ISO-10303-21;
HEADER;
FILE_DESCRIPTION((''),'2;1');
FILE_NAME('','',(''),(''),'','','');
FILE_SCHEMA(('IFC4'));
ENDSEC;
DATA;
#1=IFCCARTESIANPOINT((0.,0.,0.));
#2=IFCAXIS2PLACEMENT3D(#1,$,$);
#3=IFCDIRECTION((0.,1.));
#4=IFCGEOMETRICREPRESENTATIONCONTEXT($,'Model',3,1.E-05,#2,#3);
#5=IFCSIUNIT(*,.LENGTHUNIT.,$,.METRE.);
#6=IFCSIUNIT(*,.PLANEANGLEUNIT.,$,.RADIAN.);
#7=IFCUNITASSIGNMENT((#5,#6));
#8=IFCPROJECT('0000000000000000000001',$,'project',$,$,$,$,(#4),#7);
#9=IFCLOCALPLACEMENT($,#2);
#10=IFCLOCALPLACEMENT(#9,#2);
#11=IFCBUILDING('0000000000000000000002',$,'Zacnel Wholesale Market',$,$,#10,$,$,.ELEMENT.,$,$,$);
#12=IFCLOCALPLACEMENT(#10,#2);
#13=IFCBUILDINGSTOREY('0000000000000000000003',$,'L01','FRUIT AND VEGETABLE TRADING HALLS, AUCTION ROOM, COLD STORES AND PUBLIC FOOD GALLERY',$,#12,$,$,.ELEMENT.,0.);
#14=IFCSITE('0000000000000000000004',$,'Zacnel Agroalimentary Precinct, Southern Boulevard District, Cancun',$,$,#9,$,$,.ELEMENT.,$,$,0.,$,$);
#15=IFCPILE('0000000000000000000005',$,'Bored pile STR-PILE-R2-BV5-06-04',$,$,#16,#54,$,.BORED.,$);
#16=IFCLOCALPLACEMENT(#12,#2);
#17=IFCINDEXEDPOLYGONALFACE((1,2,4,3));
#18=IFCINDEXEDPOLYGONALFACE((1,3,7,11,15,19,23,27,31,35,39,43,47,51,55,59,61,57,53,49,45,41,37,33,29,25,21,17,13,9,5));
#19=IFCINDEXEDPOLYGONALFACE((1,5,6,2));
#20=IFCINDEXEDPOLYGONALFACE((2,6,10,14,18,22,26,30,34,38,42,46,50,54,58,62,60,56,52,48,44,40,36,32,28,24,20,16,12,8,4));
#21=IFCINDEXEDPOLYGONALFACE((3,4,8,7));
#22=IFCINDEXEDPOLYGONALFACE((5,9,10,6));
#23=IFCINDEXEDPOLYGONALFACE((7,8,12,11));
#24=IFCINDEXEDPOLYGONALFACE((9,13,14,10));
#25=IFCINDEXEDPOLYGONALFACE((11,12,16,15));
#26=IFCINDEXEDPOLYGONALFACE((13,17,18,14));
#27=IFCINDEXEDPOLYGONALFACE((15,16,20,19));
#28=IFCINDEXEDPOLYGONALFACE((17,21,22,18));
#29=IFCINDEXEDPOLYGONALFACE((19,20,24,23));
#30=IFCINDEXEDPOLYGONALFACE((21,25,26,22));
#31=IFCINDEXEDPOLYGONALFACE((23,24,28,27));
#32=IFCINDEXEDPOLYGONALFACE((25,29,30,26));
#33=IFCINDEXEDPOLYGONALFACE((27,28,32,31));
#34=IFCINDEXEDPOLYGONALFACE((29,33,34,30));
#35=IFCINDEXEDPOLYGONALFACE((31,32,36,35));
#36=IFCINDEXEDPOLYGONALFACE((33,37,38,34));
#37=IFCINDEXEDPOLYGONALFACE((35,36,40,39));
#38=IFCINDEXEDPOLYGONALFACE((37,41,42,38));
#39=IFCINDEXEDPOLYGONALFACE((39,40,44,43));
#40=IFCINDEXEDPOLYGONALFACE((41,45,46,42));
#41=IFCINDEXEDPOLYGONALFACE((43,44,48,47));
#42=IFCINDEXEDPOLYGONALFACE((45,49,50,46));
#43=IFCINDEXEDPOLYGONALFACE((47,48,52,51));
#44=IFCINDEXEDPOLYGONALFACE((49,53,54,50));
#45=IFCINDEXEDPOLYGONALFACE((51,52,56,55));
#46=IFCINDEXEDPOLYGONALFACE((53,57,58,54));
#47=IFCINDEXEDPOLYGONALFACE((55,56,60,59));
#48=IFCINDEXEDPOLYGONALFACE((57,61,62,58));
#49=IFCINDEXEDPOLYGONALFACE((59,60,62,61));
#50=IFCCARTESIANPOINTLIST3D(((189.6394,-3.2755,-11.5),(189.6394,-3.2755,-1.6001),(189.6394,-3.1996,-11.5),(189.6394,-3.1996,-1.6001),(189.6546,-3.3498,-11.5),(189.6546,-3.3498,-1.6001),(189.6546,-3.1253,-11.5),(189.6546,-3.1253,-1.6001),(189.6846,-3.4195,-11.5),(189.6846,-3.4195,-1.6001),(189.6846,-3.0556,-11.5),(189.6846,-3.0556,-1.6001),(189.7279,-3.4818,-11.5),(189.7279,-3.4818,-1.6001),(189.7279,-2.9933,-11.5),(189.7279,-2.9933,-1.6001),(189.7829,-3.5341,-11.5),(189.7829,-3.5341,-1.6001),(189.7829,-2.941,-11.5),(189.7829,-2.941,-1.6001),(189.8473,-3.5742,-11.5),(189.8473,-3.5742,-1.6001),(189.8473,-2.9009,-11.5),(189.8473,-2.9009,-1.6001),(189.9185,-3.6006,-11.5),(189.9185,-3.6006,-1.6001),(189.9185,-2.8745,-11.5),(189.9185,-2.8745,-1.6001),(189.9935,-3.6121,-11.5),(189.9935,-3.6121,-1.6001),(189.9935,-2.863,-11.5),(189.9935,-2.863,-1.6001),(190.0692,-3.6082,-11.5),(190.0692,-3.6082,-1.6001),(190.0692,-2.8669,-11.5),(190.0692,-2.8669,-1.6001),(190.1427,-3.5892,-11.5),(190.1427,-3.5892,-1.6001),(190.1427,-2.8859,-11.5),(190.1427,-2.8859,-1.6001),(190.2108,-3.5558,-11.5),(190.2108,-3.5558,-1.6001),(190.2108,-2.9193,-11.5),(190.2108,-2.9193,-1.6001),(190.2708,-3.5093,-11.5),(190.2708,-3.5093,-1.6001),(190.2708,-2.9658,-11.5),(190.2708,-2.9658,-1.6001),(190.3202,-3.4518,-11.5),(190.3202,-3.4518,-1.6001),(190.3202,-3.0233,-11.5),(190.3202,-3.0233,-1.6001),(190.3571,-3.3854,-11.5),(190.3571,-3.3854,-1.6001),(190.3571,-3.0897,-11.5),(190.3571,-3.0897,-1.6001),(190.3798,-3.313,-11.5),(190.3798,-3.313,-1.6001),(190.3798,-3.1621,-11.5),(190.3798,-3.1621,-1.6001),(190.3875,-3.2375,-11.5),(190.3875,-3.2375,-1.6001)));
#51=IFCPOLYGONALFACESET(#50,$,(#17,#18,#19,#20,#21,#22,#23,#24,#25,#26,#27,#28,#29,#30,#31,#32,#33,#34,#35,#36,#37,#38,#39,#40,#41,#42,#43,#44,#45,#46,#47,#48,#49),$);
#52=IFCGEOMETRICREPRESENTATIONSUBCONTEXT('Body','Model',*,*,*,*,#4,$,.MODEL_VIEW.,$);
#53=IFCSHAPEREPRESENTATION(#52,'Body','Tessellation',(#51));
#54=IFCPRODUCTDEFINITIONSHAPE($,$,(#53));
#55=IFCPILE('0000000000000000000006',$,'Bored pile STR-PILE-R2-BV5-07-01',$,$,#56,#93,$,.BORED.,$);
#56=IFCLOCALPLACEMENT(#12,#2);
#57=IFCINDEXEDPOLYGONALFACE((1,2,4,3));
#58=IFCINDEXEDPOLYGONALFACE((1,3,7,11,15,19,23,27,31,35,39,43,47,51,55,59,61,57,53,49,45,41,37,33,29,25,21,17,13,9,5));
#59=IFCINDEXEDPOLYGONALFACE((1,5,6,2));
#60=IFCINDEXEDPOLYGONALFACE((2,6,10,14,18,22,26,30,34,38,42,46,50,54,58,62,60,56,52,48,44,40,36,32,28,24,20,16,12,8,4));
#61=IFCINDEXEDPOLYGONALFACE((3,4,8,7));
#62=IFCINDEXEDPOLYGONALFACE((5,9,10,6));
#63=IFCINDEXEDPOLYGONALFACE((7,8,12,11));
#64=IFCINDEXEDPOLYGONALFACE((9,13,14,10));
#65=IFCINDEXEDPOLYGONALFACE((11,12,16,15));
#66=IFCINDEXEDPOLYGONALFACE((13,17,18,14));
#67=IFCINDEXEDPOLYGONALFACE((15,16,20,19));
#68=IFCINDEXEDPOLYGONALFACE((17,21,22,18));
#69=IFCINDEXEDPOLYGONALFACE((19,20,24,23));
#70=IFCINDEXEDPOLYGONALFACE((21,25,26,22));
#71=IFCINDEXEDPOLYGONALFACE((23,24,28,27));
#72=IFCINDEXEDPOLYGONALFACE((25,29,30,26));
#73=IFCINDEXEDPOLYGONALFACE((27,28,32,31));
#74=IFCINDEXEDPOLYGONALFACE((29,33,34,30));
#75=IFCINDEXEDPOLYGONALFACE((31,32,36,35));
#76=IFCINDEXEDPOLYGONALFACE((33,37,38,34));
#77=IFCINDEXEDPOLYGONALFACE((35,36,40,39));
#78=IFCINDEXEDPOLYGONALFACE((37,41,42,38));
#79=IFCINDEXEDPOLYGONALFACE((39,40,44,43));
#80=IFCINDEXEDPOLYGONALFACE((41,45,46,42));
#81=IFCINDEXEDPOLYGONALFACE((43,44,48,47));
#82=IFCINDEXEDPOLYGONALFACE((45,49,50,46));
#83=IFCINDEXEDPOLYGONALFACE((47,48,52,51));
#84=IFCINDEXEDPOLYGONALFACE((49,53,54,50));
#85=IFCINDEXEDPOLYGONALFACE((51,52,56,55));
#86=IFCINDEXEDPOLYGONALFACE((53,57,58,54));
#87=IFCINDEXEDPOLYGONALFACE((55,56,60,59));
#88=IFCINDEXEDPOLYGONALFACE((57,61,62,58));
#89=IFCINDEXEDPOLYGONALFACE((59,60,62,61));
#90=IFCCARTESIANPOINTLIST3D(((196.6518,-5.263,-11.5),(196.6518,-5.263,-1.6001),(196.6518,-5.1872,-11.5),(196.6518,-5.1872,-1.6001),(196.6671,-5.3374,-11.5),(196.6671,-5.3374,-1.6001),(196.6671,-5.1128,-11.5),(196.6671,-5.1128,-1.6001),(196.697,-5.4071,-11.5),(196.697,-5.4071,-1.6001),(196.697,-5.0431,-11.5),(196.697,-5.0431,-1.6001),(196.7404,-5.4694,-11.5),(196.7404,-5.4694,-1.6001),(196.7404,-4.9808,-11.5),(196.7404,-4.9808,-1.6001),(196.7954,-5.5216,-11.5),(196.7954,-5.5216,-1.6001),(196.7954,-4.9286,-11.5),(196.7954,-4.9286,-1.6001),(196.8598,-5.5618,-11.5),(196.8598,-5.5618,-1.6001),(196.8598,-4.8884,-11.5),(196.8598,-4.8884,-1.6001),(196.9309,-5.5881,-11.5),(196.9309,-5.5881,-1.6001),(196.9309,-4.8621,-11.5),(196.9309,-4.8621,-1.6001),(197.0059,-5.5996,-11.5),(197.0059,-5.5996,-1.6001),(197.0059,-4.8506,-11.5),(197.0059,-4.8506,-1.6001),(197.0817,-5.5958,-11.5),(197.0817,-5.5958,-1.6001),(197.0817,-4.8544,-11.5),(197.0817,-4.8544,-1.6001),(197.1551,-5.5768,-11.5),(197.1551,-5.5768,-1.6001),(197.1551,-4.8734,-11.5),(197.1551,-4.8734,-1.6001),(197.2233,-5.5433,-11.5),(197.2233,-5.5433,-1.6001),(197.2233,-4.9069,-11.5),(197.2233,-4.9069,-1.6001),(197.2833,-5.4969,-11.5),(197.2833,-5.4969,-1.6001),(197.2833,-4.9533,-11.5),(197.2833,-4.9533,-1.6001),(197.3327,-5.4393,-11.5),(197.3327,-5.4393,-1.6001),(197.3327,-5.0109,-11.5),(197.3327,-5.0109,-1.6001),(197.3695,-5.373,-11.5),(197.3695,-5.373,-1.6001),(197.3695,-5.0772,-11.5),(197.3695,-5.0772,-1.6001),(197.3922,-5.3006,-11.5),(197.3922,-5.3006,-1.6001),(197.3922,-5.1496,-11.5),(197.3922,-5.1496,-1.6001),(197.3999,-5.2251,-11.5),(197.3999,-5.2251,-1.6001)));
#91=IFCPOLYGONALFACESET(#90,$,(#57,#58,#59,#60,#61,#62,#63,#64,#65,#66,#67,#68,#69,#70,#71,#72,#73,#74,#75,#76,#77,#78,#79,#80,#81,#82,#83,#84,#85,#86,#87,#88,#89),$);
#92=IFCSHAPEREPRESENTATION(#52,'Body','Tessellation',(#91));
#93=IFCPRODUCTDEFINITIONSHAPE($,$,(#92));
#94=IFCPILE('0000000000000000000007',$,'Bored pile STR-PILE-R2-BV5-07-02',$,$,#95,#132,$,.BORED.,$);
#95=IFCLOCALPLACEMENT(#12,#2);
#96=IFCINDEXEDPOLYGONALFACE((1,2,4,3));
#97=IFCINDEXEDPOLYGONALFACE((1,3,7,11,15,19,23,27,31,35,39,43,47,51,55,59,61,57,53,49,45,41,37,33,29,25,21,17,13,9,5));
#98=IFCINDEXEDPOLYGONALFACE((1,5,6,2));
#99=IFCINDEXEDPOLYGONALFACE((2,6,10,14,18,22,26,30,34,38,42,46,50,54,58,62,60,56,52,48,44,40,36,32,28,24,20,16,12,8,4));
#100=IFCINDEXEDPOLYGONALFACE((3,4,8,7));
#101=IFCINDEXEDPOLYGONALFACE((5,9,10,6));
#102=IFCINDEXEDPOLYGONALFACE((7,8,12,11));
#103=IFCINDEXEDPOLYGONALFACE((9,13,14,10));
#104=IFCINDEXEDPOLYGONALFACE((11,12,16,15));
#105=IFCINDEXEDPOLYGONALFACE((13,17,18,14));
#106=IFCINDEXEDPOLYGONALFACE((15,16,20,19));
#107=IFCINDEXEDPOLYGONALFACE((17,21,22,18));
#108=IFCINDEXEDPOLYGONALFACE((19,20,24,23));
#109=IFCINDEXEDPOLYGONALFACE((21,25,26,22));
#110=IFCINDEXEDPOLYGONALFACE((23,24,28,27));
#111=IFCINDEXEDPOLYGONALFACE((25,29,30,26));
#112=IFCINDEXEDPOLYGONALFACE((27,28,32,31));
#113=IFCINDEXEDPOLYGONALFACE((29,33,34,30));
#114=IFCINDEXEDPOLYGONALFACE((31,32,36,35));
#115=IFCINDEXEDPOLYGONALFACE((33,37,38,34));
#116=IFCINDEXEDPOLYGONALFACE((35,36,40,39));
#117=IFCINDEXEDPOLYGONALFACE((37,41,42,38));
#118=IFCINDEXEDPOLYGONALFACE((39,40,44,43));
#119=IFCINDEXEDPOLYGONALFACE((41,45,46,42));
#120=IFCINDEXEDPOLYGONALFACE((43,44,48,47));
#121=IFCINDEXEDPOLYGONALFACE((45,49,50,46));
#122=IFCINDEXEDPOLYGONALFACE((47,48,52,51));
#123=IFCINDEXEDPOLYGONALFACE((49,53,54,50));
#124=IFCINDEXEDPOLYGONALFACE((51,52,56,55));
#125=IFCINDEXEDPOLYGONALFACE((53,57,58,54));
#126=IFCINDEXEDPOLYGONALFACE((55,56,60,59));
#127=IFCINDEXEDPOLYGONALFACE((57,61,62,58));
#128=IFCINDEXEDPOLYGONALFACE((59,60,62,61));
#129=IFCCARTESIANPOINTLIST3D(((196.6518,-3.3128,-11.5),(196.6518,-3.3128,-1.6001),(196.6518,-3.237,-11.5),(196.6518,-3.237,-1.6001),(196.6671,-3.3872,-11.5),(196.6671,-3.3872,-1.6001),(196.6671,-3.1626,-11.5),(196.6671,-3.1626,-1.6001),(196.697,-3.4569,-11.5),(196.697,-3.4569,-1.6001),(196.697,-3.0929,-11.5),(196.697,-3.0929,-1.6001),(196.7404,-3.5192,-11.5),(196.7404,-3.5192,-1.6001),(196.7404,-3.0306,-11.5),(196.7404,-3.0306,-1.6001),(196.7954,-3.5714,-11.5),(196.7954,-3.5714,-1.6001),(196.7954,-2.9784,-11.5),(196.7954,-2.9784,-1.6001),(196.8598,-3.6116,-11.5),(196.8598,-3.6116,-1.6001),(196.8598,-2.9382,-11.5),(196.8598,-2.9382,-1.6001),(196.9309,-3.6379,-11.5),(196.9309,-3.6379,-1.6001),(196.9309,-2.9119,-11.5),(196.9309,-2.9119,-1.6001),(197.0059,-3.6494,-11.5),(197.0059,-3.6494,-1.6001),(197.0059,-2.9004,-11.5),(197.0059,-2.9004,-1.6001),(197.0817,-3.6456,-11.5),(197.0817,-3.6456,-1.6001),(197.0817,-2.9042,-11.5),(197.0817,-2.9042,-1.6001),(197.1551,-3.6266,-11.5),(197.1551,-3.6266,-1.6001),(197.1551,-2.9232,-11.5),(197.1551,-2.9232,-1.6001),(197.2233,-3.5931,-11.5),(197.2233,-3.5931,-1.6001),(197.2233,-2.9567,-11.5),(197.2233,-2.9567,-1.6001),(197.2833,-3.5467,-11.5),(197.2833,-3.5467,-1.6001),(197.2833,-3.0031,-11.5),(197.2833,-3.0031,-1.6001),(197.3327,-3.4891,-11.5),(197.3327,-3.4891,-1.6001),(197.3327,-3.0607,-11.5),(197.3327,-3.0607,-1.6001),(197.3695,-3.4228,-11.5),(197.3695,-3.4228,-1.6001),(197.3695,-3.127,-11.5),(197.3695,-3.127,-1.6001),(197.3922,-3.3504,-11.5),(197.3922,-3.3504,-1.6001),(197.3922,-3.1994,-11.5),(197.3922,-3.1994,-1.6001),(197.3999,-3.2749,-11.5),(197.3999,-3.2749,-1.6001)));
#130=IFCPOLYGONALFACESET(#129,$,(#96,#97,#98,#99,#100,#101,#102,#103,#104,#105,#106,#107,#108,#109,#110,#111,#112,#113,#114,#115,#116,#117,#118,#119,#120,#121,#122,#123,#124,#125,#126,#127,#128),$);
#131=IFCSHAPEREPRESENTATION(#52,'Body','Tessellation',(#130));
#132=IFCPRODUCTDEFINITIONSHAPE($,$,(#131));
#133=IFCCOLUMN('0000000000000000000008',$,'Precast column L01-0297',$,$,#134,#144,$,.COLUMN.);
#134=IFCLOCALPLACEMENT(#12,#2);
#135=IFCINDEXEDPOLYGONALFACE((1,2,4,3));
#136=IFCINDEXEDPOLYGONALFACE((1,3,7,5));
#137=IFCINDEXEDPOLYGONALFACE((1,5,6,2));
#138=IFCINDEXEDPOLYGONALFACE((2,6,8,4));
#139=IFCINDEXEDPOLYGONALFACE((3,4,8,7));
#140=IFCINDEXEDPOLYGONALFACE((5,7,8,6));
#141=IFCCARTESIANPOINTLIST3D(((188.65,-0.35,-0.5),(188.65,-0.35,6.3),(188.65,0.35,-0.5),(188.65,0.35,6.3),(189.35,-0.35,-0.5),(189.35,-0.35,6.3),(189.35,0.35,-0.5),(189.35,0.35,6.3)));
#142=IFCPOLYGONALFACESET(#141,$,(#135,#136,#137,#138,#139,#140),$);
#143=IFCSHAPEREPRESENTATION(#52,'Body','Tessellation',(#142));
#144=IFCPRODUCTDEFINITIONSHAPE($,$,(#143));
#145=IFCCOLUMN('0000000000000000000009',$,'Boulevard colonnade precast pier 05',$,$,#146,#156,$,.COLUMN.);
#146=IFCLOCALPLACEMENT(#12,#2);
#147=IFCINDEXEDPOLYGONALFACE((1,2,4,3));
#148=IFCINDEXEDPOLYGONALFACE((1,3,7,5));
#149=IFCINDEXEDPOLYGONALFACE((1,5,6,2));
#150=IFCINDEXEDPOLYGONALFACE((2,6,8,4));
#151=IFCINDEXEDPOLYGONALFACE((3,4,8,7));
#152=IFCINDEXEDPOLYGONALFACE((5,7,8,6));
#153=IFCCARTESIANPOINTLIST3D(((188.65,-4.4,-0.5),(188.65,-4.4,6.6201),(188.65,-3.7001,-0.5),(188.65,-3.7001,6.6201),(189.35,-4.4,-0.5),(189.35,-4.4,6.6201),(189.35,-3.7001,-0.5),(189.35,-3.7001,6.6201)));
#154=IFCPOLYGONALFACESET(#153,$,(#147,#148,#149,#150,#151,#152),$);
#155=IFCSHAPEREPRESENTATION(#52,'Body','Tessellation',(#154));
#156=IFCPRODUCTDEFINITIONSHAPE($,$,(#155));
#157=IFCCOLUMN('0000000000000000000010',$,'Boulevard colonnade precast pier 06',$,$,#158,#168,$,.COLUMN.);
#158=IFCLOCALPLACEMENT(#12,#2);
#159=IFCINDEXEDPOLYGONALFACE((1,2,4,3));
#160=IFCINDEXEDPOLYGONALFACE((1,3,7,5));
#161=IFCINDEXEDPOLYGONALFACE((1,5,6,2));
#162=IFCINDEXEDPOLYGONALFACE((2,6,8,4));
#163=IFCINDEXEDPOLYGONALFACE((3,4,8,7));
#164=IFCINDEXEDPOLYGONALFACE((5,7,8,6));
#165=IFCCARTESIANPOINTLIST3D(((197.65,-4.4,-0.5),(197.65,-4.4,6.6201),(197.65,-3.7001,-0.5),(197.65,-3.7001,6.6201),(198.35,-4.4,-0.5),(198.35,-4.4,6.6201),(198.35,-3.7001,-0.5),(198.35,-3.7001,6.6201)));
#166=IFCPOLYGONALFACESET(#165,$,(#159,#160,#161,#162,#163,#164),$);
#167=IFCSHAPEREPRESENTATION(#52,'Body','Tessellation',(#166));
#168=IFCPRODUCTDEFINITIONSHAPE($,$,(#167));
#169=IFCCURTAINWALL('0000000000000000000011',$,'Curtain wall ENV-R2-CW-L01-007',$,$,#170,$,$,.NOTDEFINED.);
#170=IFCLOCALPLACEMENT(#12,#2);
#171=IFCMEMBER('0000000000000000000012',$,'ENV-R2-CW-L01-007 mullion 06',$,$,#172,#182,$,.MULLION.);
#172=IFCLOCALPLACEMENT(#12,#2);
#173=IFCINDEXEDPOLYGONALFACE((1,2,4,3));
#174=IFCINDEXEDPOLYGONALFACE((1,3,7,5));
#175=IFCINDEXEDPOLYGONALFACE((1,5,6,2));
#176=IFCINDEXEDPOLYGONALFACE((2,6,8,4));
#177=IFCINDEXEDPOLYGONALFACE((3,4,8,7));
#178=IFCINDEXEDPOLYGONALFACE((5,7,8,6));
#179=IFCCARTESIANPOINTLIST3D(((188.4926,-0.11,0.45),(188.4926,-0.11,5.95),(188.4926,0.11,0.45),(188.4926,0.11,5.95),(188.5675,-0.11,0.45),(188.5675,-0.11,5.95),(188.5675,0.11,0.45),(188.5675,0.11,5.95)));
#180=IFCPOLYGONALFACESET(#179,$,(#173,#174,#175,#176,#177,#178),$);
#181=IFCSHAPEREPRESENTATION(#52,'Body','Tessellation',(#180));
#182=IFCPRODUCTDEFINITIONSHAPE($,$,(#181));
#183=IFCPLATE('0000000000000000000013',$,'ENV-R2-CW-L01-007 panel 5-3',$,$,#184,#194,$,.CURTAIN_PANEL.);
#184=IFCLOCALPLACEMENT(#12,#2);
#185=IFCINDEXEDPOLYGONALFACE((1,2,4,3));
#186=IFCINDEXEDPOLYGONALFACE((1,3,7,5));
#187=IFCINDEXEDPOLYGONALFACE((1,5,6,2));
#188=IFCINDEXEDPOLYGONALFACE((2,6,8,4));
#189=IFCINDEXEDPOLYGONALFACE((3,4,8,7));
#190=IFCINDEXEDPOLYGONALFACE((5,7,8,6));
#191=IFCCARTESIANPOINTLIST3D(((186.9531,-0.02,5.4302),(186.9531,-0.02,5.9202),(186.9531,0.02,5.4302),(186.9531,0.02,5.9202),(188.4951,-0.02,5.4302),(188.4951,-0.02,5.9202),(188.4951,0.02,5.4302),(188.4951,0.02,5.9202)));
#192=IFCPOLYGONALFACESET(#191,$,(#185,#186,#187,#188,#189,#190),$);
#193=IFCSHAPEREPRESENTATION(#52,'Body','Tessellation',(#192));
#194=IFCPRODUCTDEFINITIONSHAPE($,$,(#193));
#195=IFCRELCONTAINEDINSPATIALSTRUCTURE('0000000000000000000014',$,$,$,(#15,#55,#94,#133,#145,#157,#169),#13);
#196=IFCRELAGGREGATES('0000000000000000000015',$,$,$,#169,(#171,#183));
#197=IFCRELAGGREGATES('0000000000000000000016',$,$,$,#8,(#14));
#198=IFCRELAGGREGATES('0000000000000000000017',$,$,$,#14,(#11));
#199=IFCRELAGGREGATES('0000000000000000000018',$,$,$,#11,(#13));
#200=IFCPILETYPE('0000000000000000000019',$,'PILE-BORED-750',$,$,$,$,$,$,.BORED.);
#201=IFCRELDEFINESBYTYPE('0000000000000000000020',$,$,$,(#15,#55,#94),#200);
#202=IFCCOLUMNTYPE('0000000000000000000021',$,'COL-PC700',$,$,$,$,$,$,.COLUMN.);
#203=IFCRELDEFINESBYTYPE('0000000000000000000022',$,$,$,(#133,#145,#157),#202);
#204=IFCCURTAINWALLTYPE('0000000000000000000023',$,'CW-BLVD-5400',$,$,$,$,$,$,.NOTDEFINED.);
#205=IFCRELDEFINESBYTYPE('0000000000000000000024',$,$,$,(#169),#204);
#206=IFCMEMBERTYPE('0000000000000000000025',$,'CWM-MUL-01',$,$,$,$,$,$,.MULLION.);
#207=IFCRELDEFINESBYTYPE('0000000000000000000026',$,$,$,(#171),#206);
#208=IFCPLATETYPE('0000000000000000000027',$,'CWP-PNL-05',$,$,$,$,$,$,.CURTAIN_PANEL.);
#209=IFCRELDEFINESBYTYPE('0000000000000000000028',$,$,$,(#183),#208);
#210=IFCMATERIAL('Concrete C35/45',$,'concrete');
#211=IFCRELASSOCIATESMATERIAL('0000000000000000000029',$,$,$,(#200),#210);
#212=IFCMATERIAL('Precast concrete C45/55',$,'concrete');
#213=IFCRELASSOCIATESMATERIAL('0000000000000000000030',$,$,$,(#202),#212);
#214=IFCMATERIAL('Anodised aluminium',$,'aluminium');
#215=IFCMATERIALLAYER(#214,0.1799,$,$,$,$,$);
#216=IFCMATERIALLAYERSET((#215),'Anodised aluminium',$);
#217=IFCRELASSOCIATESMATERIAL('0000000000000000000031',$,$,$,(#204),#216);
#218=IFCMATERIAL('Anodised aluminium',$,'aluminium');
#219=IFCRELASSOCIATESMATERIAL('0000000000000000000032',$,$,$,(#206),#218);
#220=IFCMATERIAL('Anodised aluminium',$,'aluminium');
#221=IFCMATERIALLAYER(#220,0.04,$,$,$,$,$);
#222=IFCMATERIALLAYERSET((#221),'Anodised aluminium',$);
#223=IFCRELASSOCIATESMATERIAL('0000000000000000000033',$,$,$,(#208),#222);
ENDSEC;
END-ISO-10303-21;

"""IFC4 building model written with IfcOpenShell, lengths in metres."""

from ifc_helpers import new_model, si_unit, direction, frame, origin, origin_2d, place, context, subcontext, project, spatial, rectangle, circle, extrude, material, layer, layer_set, material_profile, profile_set, type_object, element, aggregate, save


model = new_model("IFC4")

# Units and contexts
model_context = context("Model", 3, precision=1e-05, world=origin(), true_north=direction((0.0, 1.0)))
body_context = subcontext(model_context, "Body", "Model", "MODEL_VIEW")
ifc_project = project(units=[si_unit("LENGTHUNIT", "METRE"), si_unit("PLANEANGLEUNIT", "RADIAN")], contexts=[model_context])

# Site, building, storey
site_placement = place(None, origin())
site = spatial("IfcSite", under=ifc_project, at=site_placement, Name="Zacnel Agroalimentary Precinct, Southern Boulevard District, Cancun", CompositionType="ELEMENT", RefElevation=0.0)
building_placement = place(site_placement, origin())
building = spatial("IfcBuilding", under=site, at=building_placement, Name="Zacnel Wholesale Market", CompositionType="ELEMENT")
storey_placement = place(building_placement, origin())
storey = spatial("IfcBuildingStorey", under=building, at=storey_placement, Name="L01", Description="FRUIT AND VEGETABLE TRADING HALLS, AUCTION ROOM, COLD STORES AND PUBLIC FOOD GALLERY", CompositionType="ELEMENT", Elevation=0.0)

# Piles
ifc_material_1 = material(Name="Concrete C35/45", Category="concrete")
ifc_material_profile_1 = material_profile(ifc_material_1, circle(Radius=0.375, at=origin_2d()), Name="BORED PILE D750")
ifc_profile_set_1 = profile_set([ifc_material_profile_1], Name="Concrete C35/45")
pile_type_1 = type_object("IfcPileType", Name="PILE-BORED-750", PredefinedType="BORED", material=ifc_profile_set_1)
for number, where, z_axis, x_axis, name in (
    (1, (190.0125, -3.2375, -1.6001), (0.0, 0.0, -1.0), (1.0, 0.0, 0.0), "Bored pile STR-PILE-R2-BV5-06-04"),
    (2, (197.0249, -5.2251, -1.6001), (0.0, 0.0, -1.0), (1.0, 0.0, 0.0), "Bored pile STR-PILE-R2-BV5-07-01"),
    (3, (197.0249, -3.2749, -1.6001), (0.0, 0.0, -1.0), (1.0, 0.0, 0.0), "Bored pile STR-PILE-R2-BV5-07-02"),
):
    element("IfcPile", number, at=place(storey_placement, frame(where, z_axis=z_axis, x_axis=x_axis)), inside=storey, type_object=pile_type_1, Name=name, PredefinedType="BORED", context=body_context, shape_type="SweptSolid", body=[
        extrude(circle(Radius=0.375, at=origin_2d()), origin(), (0.0, 0.0, 1.0), 9.8999),
    ])

# Columns
ifc_material_2 = material(Name="Precast concrete C45/55", Category="concrete")
ifc_material_profile_2 = material_profile(ifc_material_2, rectangle(XDim=0.7, YDim=0.7, at=origin_2d()), Name="PC 700x700")
ifc_profile_set_2 = profile_set([ifc_material_profile_2], Name="Precast concrete C45/55")
column_type = type_object("IfcColumnType", Name="COL-PC700", PredefinedType="COLUMN", material=ifc_profile_set_2)
column_placement = place(storey_placement, frame((189.0, 0.0, -0.5), z_axis=(0.0, 0.0, 1.0), x_axis=(1.0, 0.0, 0.0)))
element("IfcColumn", 4, at=column_placement, inside=storey, type_object=column_type, Name="Precast column L01-0297", PredefinedType="COLUMN", context=body_context, shape_type="SweptSolid", body=[
    extrude(rectangle(XDim=0.7, YDim=0.7, at=origin_2d()), origin(), (0.0, 0.0, 1.0), 6.8),
])
for number, where, z_axis, x_axis, name in (
    (5, (189.0, -4.05, -0.5), (0.0, 0.0, 1.0), (1.0, 0.0, 0.0), "Boulevard colonnade precast pier 05"),
    (6, (198.0, -4.05, -0.5), (0.0, 0.0, 1.0), (1.0, 0.0, 0.0), "Boulevard colonnade precast pier 06"),
):
    element("IfcColumn", number, at=place(storey_placement, frame(where, z_axis=z_axis, x_axis=x_axis)), inside=storey, type_object=column_type, Name=name, PredefinedType="COLUMN", context=body_context, shape_type="SweptSolid", body=[
        extrude(rectangle(XDim=0.7, YDim=0.7, at=origin_2d()), origin(), (0.0, 0.0, 1.0), 7.1201),
    ])

# Curtain wall, member, plate
ifc_material_3 = material(Name="Anodised aluminium", Category="aluminium")
ifc_layer_1 = layer(ifc_material_3, 0.1799)
ifc_layer_set_1 = layer_set([ifc_layer_1], Name="Anodised aluminium")
curtain_wall_type = type_object("IfcCurtainWallType", Name="CW-BLVD-5400", PredefinedType="NOTDEFINED", material=ifc_layer_set_1)
curtain_wall_placement = place(storey_placement, origin())
curtain_wall = element("IfcCurtainWall", 7, at=curtain_wall_placement, inside=storey, type_object=curtain_wall_type, Name="Curtain wall ENV-R2-CW-L01-007", PredefinedType="NOTDEFINED")
ifc_material_4 = material(Name="Anodised aluminium", Category="aluminium")
ifc_material_profile_3 = material_profile(ifc_material_4, rectangle(XDim=0.075, YDim=0.22, at=origin_2d()), Name="AW-MULLION 75x220")
ifc_profile_set_3 = profile_set([ifc_material_profile_3], Name="Anodised aluminium")
member_type = type_object("IfcMemberType", Name="CWM-MUL-01", PredefinedType="MULLION", material=ifc_profile_set_3)
member_placement = place(storey_placement, frame((188.53, 0.0, 0.45), z_axis=(0.0, 0.0, 1.0), x_axis=(1.0, 0.0, 0.0)))
member = element("IfcMember", 8, at=member_placement, type_object=member_type, Name="ENV-R2-CW-L01-007 mullion 06", PredefinedType="MULLION", context=body_context, shape_type="SweptSolid", body=[
    extrude(rectangle(XDim=0.075, YDim=0.22, at=origin_2d()), origin(), (0.0, 0.0, 1.0), 5.5),
])
ifc_material_5 = material(Name="Anodised aluminium", Category="aluminium")
ifc_layer_2 = layer(ifc_material_5, 0.04)
ifc_layer_set_2 = layer_set([ifc_layer_2], Name="Anodised aluminium")
plate_type = type_object("IfcPlateType", Name="CWP-PNL-05", PredefinedType="CURTAIN_PANEL", material=ifc_layer_set_2)
plate_placement = place(storey_placement, frame((187.7241, 0.0, 5.4302), z_axis=(0.0, 0.0, 1.0), x_axis=(1.0, 0.0, 0.0)))
plate = element("IfcPlate", 9, at=plate_placement, type_object=plate_type, Name="ENV-R2-CW-L01-007 panel 5-3", PredefinedType="CURTAIN_PANEL", context=body_context, shape_type="SweptSolid", body=[
    extrude(rectangle(XDim=1.542, YDim=0.04, at=origin_2d()), origin(), (0.0, 0.0, 1.0), 0.49),
])
aggregate(curtain_wall, [member, plate])

save(model, "model.ifc")
